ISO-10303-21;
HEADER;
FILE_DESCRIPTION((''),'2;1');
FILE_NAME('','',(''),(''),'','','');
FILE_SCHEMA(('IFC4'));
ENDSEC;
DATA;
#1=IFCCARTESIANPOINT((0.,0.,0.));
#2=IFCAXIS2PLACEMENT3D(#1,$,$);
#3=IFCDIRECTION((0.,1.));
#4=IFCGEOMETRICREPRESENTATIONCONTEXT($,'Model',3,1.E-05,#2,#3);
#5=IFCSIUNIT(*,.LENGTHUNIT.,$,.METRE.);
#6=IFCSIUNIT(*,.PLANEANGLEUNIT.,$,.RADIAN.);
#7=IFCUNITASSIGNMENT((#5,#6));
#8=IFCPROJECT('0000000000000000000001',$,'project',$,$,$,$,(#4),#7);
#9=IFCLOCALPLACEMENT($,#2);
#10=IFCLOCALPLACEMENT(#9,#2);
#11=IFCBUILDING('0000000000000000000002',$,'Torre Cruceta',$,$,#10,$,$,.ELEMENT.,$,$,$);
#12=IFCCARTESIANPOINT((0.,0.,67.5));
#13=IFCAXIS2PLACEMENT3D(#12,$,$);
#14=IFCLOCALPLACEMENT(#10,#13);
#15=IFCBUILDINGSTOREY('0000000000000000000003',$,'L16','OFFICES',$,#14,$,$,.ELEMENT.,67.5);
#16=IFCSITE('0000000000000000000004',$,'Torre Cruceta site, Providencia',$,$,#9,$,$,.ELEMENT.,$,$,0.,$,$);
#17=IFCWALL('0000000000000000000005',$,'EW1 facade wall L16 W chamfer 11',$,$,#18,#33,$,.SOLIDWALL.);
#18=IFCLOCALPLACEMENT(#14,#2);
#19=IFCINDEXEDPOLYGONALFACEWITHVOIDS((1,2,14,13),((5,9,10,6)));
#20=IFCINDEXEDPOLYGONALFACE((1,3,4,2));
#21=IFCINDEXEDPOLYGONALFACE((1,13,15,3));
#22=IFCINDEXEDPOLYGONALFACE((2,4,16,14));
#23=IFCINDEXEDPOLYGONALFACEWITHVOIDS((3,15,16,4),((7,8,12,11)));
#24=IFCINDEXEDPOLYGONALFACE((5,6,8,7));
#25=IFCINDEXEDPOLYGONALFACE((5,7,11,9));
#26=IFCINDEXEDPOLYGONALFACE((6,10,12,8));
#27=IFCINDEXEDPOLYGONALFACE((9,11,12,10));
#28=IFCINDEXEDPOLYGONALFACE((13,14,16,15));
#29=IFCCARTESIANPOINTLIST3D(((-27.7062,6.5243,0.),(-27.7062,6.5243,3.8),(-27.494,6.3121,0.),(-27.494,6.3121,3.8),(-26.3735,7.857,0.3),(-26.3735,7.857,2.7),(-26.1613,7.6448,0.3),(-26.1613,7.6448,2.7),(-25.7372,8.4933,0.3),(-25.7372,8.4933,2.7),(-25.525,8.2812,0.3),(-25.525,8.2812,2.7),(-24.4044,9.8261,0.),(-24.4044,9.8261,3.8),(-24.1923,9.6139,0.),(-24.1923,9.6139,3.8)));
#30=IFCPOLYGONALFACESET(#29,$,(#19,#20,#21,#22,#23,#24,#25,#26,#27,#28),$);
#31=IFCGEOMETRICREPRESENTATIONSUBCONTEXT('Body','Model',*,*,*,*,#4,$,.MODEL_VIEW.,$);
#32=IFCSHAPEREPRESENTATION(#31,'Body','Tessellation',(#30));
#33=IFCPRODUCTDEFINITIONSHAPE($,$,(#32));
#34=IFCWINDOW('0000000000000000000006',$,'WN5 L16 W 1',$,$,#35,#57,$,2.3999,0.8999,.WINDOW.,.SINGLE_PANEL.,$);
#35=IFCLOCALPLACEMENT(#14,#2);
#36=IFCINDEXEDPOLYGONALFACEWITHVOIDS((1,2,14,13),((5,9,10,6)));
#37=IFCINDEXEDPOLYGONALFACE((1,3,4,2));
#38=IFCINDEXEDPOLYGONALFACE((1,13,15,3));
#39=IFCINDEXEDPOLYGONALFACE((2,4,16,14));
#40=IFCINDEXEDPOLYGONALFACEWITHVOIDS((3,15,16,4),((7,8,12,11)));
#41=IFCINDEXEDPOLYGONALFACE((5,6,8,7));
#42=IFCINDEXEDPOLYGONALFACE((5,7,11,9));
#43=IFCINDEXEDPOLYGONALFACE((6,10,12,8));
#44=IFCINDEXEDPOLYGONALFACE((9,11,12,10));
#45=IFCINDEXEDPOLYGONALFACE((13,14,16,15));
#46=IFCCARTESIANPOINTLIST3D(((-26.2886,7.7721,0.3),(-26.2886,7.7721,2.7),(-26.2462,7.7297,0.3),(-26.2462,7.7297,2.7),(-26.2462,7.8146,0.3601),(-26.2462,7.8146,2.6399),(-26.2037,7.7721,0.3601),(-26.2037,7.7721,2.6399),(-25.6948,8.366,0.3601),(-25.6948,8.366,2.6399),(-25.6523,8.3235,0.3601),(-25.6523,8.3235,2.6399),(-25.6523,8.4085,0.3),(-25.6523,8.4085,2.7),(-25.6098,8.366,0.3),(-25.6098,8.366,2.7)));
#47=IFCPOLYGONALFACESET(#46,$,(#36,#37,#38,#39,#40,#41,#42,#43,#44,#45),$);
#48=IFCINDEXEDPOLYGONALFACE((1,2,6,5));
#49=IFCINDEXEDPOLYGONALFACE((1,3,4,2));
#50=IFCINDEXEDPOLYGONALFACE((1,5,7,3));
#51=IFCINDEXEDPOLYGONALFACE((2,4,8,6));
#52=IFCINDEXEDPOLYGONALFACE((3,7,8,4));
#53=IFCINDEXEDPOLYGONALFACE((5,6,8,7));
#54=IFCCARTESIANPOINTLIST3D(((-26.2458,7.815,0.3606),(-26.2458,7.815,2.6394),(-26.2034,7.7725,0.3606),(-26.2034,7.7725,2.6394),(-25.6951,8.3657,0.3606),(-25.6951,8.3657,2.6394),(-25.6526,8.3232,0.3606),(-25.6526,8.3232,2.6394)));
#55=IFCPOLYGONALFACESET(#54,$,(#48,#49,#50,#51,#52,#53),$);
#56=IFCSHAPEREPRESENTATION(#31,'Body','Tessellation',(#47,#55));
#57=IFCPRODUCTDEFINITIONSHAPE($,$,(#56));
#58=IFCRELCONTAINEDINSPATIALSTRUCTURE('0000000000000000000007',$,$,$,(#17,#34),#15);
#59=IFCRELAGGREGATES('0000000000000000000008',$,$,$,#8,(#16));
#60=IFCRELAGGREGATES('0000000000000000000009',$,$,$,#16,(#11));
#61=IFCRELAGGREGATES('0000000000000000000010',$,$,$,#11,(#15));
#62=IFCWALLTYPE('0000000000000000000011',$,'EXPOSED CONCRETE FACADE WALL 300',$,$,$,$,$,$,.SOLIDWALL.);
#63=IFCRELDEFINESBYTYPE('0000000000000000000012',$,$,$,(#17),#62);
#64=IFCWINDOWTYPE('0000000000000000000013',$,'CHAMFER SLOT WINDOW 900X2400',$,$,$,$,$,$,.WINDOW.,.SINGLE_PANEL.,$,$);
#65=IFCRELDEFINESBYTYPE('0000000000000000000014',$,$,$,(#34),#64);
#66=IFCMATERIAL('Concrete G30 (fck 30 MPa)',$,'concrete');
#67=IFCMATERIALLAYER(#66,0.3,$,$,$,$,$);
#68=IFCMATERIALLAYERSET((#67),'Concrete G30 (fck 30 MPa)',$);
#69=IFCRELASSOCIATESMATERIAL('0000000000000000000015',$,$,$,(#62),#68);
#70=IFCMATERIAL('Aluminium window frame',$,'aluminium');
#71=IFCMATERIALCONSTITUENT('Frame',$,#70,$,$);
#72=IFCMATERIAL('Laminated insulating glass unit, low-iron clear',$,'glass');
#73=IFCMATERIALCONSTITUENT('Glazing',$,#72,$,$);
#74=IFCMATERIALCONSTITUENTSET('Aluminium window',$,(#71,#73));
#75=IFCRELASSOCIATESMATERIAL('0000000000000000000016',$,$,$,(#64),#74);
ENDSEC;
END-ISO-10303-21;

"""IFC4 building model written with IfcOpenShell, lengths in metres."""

from ifc_helpers import new_model, si_unit, direction, frame, frame_2d, origin, place, context, subcontext, project, spatial, rectangle, hollow_rectangle, extrude, material, layer, layer_set, constituent, constituent_set, type_object, element, fill, save


model = new_model("IFC4")

# Units and contexts
model_context = context("Model", 3, precision=1e-05, world=origin(), true_north=direction((0.0, 1.0)))
body_context = subcontext(model_context, "Body", "Model", "MODEL_VIEW")
ifc_project = project(units=[si_unit("LENGTHUNIT", "METRE"), si_unit("PLANEANGLEUNIT", "RADIAN")], contexts=[model_context])

# Site, building, storey
site_placement = place(None, origin())
site = spatial("IfcSite", under=ifc_project, at=site_placement, Name="Torre Cruceta site, Providencia", CompositionType="ELEMENT", RefElevation=0.0)
building_placement = place(site_placement, origin())
building = spatial("IfcBuilding", under=site, at=building_placement, Name="Torre Cruceta", CompositionType="ELEMENT")
storey_placement = place(building_placement, frame((0.0, 0.0, 67.5)))
storey = spatial("IfcBuildingStorey", under=building, at=storey_placement, Name="L16", Description="OFFICES", CompositionType="ELEMENT", Elevation=67.5)

# Wall, opening, window
ifc_material_1 = material(Name="Concrete G30 (fck 30 MPa)", Category="concrete")
ifc_layer_1 = layer(ifc_material_1, 0.3)
ifc_layer_set_1 = layer_set([ifc_layer_1], Name="Concrete G30 (fck 30 MPa)")
wall_type = type_object("IfcWallType", Name="EXPOSED CONCRETE FACADE WALL 300", PredefinedType="SOLIDWALL", material=ifc_layer_set_1)
wall_placement = place(storey_placement, frame((-24.2983, 9.72, 0.0), z_axis=(0.0, 0.0, 1.0), x_axis=(-0.707107, -0.707107, 0.0)))
wall = element("IfcWall", 1, at=wall_placement, inside=storey, type_object=wall_type, Name="EW1 facade wall L16 W chamfer 11", PredefinedType="SOLIDWALL", context=body_context, shape_type="SweptSolid", body=[
    extrude(rectangle(XDim=4.6694, YDim=0.3, at=frame_2d((2.3347, 0.0))), origin(), (0.0, 0.0, 1.0), 3.8),
])
opening_placement = place(wall_placement, frame((1.8848, 0.0, 0.3)))
opening = element("IfcOpeningElement", 2, at=opening_placement, cuts=wall, PredefinedType="OPENING", context=body_context, shape_type="SweptSolid", body=[
    extrude(rectangle(XDim=0.8999, YDim=2.3999, at=frame_2d((0.45, 1.2))), frame((0.0, 0.1599, 0.0), z_axis=(0.0, -1.0, 0.0), x_axis=(1.0, 0.0, 0.0)), (0.0, 0.0, 1.0), 0.3201),
])
ifc_material_2 = material(Name="Aluminium window frame", Category="aluminium")
ifc_constituent_1 = constituent(ifc_material_2, Name="Frame")
ifc_material_3 = material(Name="Laminated insulating glass unit, low-iron clear", Category="glass")
ifc_constituent_2 = constituent(ifc_material_3, Name="Glazing")
ifc_constituent_set = constituent_set(constituents=[ifc_constituent_1, ifc_constituent_2], Name="Aluminium window")
window_type = type_object("IfcWindowType", Name="CHAMFER SLOT WINDOW 900X2400", PartitioningType="SINGLE_PANEL", PredefinedType="WINDOW", material=ifc_constituent_set)
window_placement = place(opening_placement, origin())
window = element("IfcWindow", 3, at=window_placement, inside=storey, type_object=window_type, Name="WN5 L16 W 1", OverallHeight=2.3999, OverallWidth=0.8999, PartitioningType="SINGLE_PANEL", PredefinedType="WINDOW", context=body_context, shape_type="SweptSolid", body=[
    extrude(hollow_rectangle(XDim=0.8999, YDim=2.3999, WallThickness=0.0601, at=frame_2d((0.45, 1.2))), frame((0.0, 0.03, 0.0), z_axis=(0.0, -1.0, 0.0), x_axis=(1.0, 0.0, 0.0)), (0.0, 0.0, 1.0), 0.0601),
    extrude(rectangle(XDim=0.7788, YDim=2.2788, at=frame_2d((0.45, 1.2))), frame((0.0, 0.03, 0.0), z_axis=(0.0, -1.0, 0.0), x_axis=(1.0, 0.0, 0.0)), (0.0, 0.0, 1.0), 0.0601),
])
fill(opening, window)

save(model, "model.ifc")
